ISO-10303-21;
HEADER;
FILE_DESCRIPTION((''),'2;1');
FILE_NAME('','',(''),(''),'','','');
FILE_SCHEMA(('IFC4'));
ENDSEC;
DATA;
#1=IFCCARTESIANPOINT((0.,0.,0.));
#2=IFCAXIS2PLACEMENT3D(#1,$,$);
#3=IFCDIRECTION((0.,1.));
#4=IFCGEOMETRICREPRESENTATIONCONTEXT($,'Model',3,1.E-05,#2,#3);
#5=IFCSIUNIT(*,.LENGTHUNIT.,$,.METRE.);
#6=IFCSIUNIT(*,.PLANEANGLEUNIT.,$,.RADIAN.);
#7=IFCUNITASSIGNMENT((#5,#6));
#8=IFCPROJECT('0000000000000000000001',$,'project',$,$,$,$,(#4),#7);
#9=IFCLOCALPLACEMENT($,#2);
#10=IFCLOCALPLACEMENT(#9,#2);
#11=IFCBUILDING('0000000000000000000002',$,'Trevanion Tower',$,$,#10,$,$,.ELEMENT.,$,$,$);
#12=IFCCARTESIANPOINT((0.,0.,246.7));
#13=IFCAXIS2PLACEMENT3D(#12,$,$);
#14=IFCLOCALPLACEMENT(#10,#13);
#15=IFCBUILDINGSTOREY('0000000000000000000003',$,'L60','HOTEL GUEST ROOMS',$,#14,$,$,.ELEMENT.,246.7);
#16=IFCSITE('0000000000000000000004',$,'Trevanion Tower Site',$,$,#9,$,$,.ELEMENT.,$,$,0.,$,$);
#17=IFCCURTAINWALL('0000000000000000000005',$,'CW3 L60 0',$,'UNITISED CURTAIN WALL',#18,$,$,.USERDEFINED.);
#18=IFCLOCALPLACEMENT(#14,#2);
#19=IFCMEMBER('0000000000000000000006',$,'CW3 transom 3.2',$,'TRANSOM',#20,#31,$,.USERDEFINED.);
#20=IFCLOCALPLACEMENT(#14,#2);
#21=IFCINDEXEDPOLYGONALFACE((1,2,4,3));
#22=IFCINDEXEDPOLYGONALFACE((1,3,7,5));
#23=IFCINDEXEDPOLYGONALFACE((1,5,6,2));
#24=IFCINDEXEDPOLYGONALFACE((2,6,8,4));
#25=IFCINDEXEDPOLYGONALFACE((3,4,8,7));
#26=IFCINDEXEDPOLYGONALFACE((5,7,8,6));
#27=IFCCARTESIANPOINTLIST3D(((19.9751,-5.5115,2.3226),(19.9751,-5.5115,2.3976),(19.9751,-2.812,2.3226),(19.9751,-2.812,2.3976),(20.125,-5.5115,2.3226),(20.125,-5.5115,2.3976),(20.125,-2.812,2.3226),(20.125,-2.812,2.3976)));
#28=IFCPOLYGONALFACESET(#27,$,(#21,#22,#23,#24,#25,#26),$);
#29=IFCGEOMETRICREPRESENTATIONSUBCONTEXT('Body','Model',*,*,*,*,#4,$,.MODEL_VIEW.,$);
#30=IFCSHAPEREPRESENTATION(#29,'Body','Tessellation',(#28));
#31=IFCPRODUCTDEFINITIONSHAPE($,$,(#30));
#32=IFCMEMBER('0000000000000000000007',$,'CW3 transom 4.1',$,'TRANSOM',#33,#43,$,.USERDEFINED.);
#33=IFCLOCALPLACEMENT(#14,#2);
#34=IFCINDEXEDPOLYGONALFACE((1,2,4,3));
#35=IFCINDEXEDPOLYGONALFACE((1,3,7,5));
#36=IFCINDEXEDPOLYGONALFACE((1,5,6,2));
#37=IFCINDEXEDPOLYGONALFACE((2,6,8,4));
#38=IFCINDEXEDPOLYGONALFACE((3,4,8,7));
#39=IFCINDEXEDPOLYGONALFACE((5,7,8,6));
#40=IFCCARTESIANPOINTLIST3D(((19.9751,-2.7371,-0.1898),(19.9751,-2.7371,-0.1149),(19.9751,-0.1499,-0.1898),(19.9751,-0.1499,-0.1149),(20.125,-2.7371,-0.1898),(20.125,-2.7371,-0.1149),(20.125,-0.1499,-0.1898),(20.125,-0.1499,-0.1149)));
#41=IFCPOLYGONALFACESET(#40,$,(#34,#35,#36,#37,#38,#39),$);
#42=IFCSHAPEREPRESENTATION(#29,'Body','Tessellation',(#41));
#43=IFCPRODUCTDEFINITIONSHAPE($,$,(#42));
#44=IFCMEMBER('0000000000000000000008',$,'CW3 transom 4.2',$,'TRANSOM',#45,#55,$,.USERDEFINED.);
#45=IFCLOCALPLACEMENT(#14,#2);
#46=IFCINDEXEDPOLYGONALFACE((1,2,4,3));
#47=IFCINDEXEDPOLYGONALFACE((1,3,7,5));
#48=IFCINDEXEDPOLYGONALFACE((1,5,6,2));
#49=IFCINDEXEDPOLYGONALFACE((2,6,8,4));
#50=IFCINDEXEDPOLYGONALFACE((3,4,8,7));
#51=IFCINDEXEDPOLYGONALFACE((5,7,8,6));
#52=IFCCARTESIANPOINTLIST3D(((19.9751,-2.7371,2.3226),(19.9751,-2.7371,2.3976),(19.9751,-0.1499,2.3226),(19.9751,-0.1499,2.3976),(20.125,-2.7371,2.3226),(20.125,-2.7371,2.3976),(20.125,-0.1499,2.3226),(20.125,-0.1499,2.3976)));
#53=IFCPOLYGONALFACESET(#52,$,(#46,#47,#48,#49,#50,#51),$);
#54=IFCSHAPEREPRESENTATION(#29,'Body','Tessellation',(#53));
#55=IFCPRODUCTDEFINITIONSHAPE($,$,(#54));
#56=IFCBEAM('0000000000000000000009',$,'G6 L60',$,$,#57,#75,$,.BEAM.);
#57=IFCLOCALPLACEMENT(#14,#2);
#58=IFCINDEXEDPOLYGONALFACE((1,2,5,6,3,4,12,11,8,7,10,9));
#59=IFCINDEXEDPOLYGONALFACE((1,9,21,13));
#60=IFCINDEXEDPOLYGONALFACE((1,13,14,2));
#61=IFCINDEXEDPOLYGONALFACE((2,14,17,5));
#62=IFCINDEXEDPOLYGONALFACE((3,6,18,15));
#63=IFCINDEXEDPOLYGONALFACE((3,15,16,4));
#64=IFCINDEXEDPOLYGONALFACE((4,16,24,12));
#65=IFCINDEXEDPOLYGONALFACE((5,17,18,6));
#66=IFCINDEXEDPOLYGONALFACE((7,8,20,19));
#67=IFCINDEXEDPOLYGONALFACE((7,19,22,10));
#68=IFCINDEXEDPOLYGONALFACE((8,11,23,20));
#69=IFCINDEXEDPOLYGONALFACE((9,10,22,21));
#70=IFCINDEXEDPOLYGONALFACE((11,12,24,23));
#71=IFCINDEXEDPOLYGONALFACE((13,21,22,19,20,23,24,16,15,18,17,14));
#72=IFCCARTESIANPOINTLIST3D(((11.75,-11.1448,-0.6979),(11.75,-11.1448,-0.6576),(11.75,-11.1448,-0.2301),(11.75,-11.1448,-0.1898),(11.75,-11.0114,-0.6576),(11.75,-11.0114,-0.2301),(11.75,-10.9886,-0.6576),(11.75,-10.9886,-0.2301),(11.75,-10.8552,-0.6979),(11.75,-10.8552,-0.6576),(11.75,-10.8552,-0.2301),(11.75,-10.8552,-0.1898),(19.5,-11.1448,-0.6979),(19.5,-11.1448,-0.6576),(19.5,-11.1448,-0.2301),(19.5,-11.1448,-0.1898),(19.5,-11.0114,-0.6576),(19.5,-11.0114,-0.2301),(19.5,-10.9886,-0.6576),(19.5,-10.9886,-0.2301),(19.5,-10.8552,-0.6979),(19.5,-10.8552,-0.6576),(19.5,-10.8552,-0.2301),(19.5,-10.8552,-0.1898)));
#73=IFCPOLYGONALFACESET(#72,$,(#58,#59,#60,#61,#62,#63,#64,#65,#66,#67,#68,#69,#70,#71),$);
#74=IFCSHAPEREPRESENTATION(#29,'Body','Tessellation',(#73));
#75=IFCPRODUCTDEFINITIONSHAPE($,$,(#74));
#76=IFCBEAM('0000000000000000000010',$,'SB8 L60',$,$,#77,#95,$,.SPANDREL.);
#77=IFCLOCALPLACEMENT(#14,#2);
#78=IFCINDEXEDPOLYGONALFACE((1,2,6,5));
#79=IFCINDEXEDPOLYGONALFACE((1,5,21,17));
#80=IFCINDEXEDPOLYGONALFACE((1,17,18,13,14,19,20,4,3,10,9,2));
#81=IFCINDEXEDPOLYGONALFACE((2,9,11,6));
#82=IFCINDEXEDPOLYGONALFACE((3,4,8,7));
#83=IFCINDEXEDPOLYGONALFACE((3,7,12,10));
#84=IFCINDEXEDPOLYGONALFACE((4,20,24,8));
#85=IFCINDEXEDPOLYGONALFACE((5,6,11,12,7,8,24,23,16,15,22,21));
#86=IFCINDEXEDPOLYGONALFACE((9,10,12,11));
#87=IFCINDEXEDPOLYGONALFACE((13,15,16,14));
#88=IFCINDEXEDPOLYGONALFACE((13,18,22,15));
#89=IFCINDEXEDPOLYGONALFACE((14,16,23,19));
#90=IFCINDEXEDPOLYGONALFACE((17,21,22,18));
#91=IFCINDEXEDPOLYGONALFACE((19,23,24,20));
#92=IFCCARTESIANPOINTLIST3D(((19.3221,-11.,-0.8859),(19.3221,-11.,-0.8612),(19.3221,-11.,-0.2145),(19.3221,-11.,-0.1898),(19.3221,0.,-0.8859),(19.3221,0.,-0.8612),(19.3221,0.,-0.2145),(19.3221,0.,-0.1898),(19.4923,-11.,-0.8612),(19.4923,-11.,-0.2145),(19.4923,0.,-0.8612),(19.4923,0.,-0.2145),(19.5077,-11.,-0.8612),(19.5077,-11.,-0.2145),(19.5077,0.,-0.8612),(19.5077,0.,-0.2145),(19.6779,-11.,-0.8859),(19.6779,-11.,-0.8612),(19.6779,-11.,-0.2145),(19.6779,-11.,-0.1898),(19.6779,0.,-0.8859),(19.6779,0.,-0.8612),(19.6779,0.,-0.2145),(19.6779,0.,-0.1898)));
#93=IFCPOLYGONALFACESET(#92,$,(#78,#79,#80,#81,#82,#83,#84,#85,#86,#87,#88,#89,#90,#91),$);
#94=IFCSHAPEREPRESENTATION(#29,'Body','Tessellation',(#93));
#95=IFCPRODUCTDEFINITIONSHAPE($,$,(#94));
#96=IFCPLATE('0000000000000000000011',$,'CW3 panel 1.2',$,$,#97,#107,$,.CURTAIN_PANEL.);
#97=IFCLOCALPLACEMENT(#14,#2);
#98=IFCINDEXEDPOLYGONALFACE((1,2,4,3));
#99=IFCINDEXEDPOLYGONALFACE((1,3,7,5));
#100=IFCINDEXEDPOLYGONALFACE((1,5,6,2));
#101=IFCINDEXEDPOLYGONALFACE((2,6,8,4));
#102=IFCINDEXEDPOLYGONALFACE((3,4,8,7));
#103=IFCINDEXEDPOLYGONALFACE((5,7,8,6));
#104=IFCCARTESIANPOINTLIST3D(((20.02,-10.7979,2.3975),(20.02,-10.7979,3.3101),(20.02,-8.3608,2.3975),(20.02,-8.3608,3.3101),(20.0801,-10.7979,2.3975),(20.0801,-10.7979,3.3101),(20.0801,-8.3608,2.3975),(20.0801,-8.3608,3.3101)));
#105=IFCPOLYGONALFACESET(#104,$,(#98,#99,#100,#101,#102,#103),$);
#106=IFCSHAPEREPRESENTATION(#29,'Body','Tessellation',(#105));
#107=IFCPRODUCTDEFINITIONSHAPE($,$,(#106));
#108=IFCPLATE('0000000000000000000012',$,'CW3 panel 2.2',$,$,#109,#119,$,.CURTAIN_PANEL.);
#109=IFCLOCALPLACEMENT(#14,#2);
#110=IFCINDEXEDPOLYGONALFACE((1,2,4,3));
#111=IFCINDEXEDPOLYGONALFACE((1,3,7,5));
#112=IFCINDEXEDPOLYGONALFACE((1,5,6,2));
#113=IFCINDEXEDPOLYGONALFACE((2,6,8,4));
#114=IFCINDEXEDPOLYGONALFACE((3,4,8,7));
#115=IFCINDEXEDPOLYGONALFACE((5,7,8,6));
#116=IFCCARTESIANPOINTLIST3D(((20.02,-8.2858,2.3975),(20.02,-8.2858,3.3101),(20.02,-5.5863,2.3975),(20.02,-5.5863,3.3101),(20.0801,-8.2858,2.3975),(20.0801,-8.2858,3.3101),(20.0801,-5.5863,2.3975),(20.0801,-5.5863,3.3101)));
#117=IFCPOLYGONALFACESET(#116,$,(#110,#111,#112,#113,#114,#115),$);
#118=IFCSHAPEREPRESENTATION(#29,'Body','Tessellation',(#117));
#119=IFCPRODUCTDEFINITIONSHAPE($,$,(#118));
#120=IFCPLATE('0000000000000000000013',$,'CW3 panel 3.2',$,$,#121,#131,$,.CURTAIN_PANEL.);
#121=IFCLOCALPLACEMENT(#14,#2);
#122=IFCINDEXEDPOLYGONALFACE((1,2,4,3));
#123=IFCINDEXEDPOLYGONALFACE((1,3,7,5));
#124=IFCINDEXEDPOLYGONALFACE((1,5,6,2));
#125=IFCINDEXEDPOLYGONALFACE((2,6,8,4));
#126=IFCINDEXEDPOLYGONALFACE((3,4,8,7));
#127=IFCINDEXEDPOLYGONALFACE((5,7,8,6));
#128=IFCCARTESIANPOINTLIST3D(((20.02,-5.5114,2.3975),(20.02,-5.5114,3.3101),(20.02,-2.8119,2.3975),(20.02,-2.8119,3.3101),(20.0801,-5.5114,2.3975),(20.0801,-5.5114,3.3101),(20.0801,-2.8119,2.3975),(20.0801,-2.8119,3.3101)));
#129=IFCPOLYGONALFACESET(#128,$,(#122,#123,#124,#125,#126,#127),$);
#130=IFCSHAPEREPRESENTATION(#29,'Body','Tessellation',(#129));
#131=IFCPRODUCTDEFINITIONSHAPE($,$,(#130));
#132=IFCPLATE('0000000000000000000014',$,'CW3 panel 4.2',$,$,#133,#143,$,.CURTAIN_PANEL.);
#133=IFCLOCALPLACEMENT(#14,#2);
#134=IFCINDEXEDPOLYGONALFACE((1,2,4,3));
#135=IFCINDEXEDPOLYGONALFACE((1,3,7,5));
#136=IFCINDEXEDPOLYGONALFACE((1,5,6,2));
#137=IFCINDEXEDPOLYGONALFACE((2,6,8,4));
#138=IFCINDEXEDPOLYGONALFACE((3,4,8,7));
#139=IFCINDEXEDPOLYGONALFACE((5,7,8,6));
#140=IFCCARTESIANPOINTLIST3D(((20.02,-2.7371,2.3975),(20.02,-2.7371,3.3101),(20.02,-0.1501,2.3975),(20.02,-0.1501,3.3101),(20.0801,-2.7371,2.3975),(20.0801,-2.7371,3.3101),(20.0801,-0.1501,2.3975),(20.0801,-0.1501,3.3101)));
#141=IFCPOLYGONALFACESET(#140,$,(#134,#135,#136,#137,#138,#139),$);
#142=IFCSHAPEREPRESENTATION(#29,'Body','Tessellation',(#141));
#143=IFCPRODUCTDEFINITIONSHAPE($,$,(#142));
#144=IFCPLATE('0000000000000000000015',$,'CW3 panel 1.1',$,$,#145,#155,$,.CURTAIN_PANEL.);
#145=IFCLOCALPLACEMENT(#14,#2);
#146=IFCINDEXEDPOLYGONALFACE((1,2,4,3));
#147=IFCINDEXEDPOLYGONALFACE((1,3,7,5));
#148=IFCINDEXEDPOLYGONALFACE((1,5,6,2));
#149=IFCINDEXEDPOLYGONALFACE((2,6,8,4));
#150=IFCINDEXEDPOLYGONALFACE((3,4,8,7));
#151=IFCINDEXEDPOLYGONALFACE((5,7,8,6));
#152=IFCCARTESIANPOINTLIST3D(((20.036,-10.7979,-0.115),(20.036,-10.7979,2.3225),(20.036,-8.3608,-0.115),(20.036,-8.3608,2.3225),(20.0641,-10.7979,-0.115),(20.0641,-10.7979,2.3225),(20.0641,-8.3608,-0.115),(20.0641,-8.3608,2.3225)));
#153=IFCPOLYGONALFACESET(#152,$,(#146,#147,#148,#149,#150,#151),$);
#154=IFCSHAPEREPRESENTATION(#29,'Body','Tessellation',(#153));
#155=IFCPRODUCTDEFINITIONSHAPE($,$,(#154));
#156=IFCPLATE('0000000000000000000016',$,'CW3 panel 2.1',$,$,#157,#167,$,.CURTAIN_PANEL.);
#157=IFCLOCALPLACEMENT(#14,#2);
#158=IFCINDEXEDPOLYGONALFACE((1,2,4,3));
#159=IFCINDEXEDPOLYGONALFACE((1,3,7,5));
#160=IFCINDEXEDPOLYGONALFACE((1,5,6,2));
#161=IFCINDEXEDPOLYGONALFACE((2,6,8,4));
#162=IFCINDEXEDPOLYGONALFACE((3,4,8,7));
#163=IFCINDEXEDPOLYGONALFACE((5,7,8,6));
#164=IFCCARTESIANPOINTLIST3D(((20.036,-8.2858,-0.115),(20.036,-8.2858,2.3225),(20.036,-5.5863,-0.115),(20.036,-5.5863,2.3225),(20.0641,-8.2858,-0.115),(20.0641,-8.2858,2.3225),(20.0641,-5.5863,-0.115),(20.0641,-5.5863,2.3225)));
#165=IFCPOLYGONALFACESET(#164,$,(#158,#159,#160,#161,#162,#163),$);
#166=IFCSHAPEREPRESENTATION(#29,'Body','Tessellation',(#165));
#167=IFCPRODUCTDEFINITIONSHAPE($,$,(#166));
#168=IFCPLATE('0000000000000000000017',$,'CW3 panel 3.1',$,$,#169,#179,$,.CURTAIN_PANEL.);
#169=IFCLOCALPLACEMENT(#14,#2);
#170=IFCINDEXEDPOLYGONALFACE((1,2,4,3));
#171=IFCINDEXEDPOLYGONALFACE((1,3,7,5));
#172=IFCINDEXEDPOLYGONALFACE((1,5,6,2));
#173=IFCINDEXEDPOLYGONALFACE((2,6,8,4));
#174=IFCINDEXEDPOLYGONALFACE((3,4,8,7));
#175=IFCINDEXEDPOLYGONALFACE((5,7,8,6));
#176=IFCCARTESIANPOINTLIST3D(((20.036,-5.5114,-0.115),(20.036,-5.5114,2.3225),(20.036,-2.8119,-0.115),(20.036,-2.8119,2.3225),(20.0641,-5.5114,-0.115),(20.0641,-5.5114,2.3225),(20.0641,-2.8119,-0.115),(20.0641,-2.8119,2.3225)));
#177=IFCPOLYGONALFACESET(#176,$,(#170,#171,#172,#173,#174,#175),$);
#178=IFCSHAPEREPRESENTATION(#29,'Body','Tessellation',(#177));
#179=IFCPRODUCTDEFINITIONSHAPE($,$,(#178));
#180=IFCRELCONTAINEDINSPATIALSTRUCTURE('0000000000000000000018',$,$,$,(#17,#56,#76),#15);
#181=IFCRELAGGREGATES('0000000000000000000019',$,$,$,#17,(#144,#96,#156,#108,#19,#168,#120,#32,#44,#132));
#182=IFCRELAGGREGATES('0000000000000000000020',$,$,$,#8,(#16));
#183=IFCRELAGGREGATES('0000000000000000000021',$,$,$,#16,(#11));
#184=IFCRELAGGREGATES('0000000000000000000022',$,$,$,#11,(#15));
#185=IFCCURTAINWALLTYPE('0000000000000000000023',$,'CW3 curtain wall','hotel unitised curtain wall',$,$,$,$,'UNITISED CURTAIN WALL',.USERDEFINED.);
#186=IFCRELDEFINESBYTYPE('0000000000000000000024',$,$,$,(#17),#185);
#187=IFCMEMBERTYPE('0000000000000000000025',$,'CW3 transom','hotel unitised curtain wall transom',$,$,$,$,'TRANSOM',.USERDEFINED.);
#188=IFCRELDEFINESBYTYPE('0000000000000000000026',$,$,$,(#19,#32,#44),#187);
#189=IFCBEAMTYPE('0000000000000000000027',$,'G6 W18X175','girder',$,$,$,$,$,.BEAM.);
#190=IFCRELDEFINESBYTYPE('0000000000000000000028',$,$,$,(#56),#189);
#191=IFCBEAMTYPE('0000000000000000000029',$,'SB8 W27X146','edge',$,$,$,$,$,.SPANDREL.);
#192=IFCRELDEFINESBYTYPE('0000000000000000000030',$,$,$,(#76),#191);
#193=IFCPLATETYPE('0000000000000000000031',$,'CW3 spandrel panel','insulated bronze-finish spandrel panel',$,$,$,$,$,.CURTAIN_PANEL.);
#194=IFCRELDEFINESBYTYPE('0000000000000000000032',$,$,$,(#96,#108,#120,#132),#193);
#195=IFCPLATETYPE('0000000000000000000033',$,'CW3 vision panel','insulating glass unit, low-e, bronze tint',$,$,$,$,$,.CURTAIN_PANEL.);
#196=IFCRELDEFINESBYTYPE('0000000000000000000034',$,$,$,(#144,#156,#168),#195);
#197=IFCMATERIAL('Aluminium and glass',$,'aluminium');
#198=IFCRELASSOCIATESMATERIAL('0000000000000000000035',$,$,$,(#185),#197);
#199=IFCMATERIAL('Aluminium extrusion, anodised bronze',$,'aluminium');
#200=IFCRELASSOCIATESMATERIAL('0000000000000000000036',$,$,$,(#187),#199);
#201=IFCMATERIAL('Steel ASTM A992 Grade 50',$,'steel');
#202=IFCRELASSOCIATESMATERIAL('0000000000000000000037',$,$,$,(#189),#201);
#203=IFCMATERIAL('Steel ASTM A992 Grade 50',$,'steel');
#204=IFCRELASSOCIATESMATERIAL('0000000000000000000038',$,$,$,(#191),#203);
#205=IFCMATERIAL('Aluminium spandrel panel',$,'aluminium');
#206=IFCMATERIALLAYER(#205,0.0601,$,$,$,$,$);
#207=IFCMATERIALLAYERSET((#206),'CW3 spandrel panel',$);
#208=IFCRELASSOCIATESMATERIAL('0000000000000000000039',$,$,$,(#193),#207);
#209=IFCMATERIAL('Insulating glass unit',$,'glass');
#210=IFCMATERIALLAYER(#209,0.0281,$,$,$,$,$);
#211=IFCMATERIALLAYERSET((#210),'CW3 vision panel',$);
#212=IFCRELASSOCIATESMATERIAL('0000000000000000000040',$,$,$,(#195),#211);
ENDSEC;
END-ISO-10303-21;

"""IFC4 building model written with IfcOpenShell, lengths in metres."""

from ifc_helpers import new_model, si_unit, direction, frame, origin, origin_2d, place, context, subcontext, project, spatial, rectangle, i_section, extrude, material, layer, layer_set, material_profile, profile_set, type_object, element, aggregate, save


model = new_model("IFC4")

# Units and contexts
model_context = context("Model", 3, precision=1e-05, world=origin(), true_north=direction((0.0, 1.0)))
body_context = subcontext(model_context, "Body", "Model", "MODEL_VIEW")
ifc_project = project(units=[si_unit("LENGTHUNIT", "METRE"), si_unit("PLANEANGLEUNIT", "RADIAN")], contexts=[model_context])

# Site, building, storey
site_placement = place(None, origin())
site = spatial("IfcSite", under=ifc_project, at=site_placement, Name="Trevanion Tower Site", CompositionType="ELEMENT", RefElevation=0.0)
building_placement = place(site_placement, origin())
building = spatial("IfcBuilding", under=site, at=building_placement, Name="Trevanion Tower", CompositionType="ELEMENT")
storey_placement = place(building_placement, frame((0.0, 0.0, 246.7)))
storey = spatial("IfcBuildingStorey", under=building, at=storey_placement, Name="L60", Description="HOTEL GUEST ROOMS", CompositionType="ELEMENT", Elevation=246.7)

# Curtain wall, members
ifc_material_1 = material(Name="Aluminium and glass", Category="aluminium")
curtain_wall_type = type_object("IfcCurtainWallType", Name="CW3 curtain wall", Description="hotel unitised curtain wall", ElementType="UNITISED CURTAIN WALL", PredefinedType="USERDEFINED", material=ifc_material_1)
curtain_wall_placement = place(storey_placement, origin())
curtain_wall = element("IfcCurtainWall", 1, at=curtain_wall_placement, inside=storey, type_object=curtain_wall_type, Name="CW3 L60 0", ObjectType="UNITISED CURTAIN WALL", PredefinedType="USERDEFINED")
ifc_material_2 = material(Name="Aluminium extrusion, anodised bronze", Category="aluminium")
ifc_material_profile_1 = material_profile(ifc_material_2, rectangle(XDim=0.1499, YDim=0.075, at=origin_2d()), Name="CW3 transom")
ifc_profile_set_1 = profile_set([ifc_material_profile_1], Name="Aluminium extrusion, anodised bronze")
member_type_1 = type_object("IfcMemberType", Name="CW3 transom", Description="hotel unitised curtain wall transom", ElementType="TRANSOM", PredefinedType="USERDEFINED", material=ifc_profile_set_1)
member_1_placement = place(storey_placement, frame((20.05, -5.5115, 2.3601), z_axis=(0.0, 1.0, 0.0), x_axis=(-1.0, 0.0, 0.0)))
member_1 = element("IfcMember", 2, at=member_1_placement, type_object=member_type_1, Name="CW3 transom 3.2", ObjectType="TRANSOM", PredefinedType="USERDEFINED", context=body_context, shape_type="SweptSolid", body=[
    extrude(rectangle(XDim=0.1499, YDim=0.075, at=origin_2d()), origin(), (0.0, 0.0, 1.0), 2.6995),
])
member_2_placement = place(storey_placement, frame((20.05, -2.7371, -0.1523), z_axis=(0.0, 1.0, 0.0), x_axis=(-1.0, 0.0, 0.0)))
member_2 = element("IfcMember", 3, at=member_2_placement, type_object=member_type_1, Name="CW3 transom 4.1", ObjectType="TRANSOM", PredefinedType="USERDEFINED", context=body_context, shape_type="SweptSolid", body=[
    extrude(rectangle(XDim=0.1499, YDim=0.075, at=origin_2d()), origin(), (0.0, 0.0, 1.0), 2.5872),
])
member_3_placement = place(storey_placement, frame((20.05, -2.7371, 2.3601), z_axis=(0.0, 1.0, 0.0), x_axis=(-1.0, 0.0, 0.0)))
member_3 = element("IfcMember", 4, at=member_3_placement, type_object=member_type_1, Name="CW3 transom 4.2", ObjectType="TRANSOM", PredefinedType="USERDEFINED", context=body_context, shape_type="SweptSolid", body=[
    extrude(rectangle(XDim=0.1499, YDim=0.075, at=origin_2d()), origin(), (0.0, 0.0, 1.0), 2.5872),
])

# Beams
ifc_material_3 = material(Name="Steel ASTM A992 Grade 50", Category="steel")
ifc_material_profile_2 = material_profile(ifc_material_3, i_section(OverallWidth=0.2896, OverallDepth=0.5081, WebThickness=0.0227, FlangeThickness=0.0403, at=origin_2d()), Name="W18X175")
ifc_profile_set_2 = profile_set([ifc_material_profile_2], Name="Steel ASTM A992 Grade 50")
beam_type_1 = type_object("IfcBeamType", Name="G6 W18X175", Description="girder", PredefinedType="BEAM", material=ifc_profile_set_2)
beam_1_placement = place(storey_placement, frame((11.75, -11.0, -0.4438), z_axis=(1.0, 0.0, 0.0), x_axis=(0.0, 1.0, 0.0)))
element("IfcBeam", 5, at=beam_1_placement, inside=storey, type_object=beam_type_1, Name="G6 L60", PredefinedType="BEAM", context=body_context, shape_type="SweptSolid", body=[
    extrude(i_section(OverallWidth=0.2896, OverallDepth=0.5081, WebThickness=0.0227, FlangeThickness=0.0403, at=origin_2d()), origin(), (0.0, 0.0, 1.0), 7.75),
])
ifc_material_4 = material(Name="Steel ASTM A992 Grade 50", Category="steel")
ifc_material_profile_3 = material_profile(ifc_material_4, i_section(OverallWidth=0.3557, OverallDepth=0.696, WebThickness=0.0154, FlangeThickness=0.0247, at=origin_2d()), Name="W27X146")
ifc_profile_set_3 = profile_set([ifc_material_profile_3], Name="Steel ASTM A992 Grade 50")
beam_type_2 = type_object("IfcBeamType", Name="SB8 W27X146", Description="edge", PredefinedType="SPANDREL", material=ifc_profile_set_3)
beam_2_placement = place(storey_placement, frame((19.5, -11.0, -0.5378), z_axis=(0.0, 1.0, 0.0), x_axis=(-1.0, 0.0, 0.0)))
element("IfcBeam", 6, at=beam_2_placement, inside=storey, type_object=beam_type_2, Name="SB8 L60", PredefinedType="SPANDREL", context=body_context, shape_type="SweptSolid", body=[
    extrude(i_section(OverallWidth=0.3557, OverallDepth=0.696, WebThickness=0.0154, FlangeThickness=0.0247, at=origin_2d()), origin(), (0.0, 0.0, 1.0), 11.0),
])

# Plates
ifc_material_5 = material(Name="Aluminium spandrel panel", Category="aluminium")
ifc_layer_1 = layer(ifc_material_5, 0.0601)
ifc_layer_set_1 = layer_set([ifc_layer_1], Name="CW3 spandrel panel")
plate_type_1 = type_object("IfcPlateType", Name="CW3 spandrel panel", Description="insulated bronze-finish spandrel panel", PredefinedType="CURTAIN_PANEL", material=ifc_layer_set_1)
plate_1_placement = place(storey_placement, frame((20.05, -9.5793, 2.3975), z_axis=(0.0, 0.0, 1.0), x_axis=(0.0, 1.0, 0.0)))
plate_1 = element("IfcPlate", 7, at=plate_1_placement, type_object=plate_type_1, Name="CW3 panel 1.2", PredefinedType="CURTAIN_PANEL", context=body_context, shape_type="SweptSolid", body=[
    extrude(rectangle(XDim=2.437, YDim=0.0601, at=origin_2d()), origin(), (0.0, 0.0, 1.0), 0.9126),
])
plate_2_placement = place(storey_placement, frame((20.05, -6.936, 2.3975), z_axis=(0.0, 0.0, 1.0), x_axis=(0.0, 1.0, 0.0)))
plate_2 = element("IfcPlate", 8, at=plate_2_placement, type_object=plate_type_1, Name="CW3 panel 2.2", PredefinedType="CURTAIN_PANEL", context=body_context, shape_type="SweptSolid", body=[
    extrude(rectangle(XDim=2.6995, YDim=0.0601, at=origin_2d()), origin(), (0.0, 0.0, 1.0), 0.9126),
])
plate_3_placement = place(storey_placement, frame((20.05, -4.1616, 2.3975), z_axis=(0.0, 0.0, 1.0), x_axis=(0.0, 1.0, 0.0)))
plate_3 = element("IfcPlate", 9, at=plate_3_placement, type_object=plate_type_1, Name="CW3 panel 3.2", PredefinedType="CURTAIN_PANEL", context=body_context, shape_type="SweptSolid", body=[
    extrude(rectangle(XDim=2.6995, YDim=0.0601, at=origin_2d()), origin(), (0.0, 0.0, 1.0), 0.9126),
])
plate_4_placement = place(storey_placement, frame((20.05, -1.4436, 2.3975), z_axis=(0.0, 0.0, 1.0), x_axis=(0.0, 1.0, 0.0)))
plate_4 = element("IfcPlate", 10, at=plate_4_placement, type_object=plate_type_1, Name="CW3 panel 4.2", PredefinedType="CURTAIN_PANEL", context=body_context, shape_type="SweptSolid", body=[
    extrude(rectangle(XDim=2.5869, YDim=0.0601, at=origin_2d()), origin(), (0.0, 0.0, 1.0), 0.9126),
])
ifc_material_6 = material(Name="Insulating glass unit", Category="glass")
ifc_layer_2 = layer(ifc_material_6, 0.0281)
ifc_layer_set_2 = layer_set([ifc_layer_2], Name="CW3 vision panel")
plate_type_2 = type_object("IfcPlateType", Name="CW3 vision panel", Description="insulating glass unit, low-e, bronze tint", PredefinedType="CURTAIN_PANEL", material=ifc_layer_set_2)
plate_5_placement = place(storey_placement, frame((20.05, -9.5793, -0.115), z_axis=(0.0, 0.0, 1.0), x_axis=(0.0, 1.0, 0.0)))
plate_5 = element("IfcPlate", 11, at=plate_5_placement, type_object=plate_type_2, Name="CW3 panel 1.1", PredefinedType="CURTAIN_PANEL", context=body_context, shape_type="SweptSolid", body=[
    extrude(rectangle(XDim=2.437, YDim=0.0281, at=origin_2d()), origin(), (0.0, 0.0, 1.0), 2.4375),
])
plate_6_placement = place(storey_placement, frame((20.05, -6.936, -0.115), z_axis=(0.0, 0.0, 1.0), x_axis=(0.0, 1.0, 0.0)))
plate_6 = element("IfcPlate", 12, at=plate_6_placement, type_object=plate_type_2, Name="CW3 panel 2.1", PredefinedType="CURTAIN_PANEL", context=body_context, shape_type="SweptSolid", body=[
    extrude(rectangle(XDim=2.6995, YDim=0.0281, at=origin_2d()), origin(), (0.0, 0.0, 1.0), 2.4375),
])
plate_7_placement = place(storey_placement, frame((20.05, -4.1616, -0.115), z_axis=(0.0, 0.0, 1.0), x_axis=(0.0, 1.0, 0.0)))
plate_7 = element("IfcPlate", 13, at=plate_7_placement, type_object=plate_type_2, Name="CW3 panel 3.1", PredefinedType="CURTAIN_PANEL", context=body_context, shape_type="SweptSolid", body=[
    extrude(rectangle(XDim=2.6995, YDim=0.0281, at=origin_2d()), origin(), (0.0, 0.0, 1.0), 2.4375),
])
aggregate(curtain_wall, [plate_5, plate_1, plate_6, plate_2, member_1, plate_7, plate_3, member_2, member_3, plate_4])

save(model, "model.ifc")
